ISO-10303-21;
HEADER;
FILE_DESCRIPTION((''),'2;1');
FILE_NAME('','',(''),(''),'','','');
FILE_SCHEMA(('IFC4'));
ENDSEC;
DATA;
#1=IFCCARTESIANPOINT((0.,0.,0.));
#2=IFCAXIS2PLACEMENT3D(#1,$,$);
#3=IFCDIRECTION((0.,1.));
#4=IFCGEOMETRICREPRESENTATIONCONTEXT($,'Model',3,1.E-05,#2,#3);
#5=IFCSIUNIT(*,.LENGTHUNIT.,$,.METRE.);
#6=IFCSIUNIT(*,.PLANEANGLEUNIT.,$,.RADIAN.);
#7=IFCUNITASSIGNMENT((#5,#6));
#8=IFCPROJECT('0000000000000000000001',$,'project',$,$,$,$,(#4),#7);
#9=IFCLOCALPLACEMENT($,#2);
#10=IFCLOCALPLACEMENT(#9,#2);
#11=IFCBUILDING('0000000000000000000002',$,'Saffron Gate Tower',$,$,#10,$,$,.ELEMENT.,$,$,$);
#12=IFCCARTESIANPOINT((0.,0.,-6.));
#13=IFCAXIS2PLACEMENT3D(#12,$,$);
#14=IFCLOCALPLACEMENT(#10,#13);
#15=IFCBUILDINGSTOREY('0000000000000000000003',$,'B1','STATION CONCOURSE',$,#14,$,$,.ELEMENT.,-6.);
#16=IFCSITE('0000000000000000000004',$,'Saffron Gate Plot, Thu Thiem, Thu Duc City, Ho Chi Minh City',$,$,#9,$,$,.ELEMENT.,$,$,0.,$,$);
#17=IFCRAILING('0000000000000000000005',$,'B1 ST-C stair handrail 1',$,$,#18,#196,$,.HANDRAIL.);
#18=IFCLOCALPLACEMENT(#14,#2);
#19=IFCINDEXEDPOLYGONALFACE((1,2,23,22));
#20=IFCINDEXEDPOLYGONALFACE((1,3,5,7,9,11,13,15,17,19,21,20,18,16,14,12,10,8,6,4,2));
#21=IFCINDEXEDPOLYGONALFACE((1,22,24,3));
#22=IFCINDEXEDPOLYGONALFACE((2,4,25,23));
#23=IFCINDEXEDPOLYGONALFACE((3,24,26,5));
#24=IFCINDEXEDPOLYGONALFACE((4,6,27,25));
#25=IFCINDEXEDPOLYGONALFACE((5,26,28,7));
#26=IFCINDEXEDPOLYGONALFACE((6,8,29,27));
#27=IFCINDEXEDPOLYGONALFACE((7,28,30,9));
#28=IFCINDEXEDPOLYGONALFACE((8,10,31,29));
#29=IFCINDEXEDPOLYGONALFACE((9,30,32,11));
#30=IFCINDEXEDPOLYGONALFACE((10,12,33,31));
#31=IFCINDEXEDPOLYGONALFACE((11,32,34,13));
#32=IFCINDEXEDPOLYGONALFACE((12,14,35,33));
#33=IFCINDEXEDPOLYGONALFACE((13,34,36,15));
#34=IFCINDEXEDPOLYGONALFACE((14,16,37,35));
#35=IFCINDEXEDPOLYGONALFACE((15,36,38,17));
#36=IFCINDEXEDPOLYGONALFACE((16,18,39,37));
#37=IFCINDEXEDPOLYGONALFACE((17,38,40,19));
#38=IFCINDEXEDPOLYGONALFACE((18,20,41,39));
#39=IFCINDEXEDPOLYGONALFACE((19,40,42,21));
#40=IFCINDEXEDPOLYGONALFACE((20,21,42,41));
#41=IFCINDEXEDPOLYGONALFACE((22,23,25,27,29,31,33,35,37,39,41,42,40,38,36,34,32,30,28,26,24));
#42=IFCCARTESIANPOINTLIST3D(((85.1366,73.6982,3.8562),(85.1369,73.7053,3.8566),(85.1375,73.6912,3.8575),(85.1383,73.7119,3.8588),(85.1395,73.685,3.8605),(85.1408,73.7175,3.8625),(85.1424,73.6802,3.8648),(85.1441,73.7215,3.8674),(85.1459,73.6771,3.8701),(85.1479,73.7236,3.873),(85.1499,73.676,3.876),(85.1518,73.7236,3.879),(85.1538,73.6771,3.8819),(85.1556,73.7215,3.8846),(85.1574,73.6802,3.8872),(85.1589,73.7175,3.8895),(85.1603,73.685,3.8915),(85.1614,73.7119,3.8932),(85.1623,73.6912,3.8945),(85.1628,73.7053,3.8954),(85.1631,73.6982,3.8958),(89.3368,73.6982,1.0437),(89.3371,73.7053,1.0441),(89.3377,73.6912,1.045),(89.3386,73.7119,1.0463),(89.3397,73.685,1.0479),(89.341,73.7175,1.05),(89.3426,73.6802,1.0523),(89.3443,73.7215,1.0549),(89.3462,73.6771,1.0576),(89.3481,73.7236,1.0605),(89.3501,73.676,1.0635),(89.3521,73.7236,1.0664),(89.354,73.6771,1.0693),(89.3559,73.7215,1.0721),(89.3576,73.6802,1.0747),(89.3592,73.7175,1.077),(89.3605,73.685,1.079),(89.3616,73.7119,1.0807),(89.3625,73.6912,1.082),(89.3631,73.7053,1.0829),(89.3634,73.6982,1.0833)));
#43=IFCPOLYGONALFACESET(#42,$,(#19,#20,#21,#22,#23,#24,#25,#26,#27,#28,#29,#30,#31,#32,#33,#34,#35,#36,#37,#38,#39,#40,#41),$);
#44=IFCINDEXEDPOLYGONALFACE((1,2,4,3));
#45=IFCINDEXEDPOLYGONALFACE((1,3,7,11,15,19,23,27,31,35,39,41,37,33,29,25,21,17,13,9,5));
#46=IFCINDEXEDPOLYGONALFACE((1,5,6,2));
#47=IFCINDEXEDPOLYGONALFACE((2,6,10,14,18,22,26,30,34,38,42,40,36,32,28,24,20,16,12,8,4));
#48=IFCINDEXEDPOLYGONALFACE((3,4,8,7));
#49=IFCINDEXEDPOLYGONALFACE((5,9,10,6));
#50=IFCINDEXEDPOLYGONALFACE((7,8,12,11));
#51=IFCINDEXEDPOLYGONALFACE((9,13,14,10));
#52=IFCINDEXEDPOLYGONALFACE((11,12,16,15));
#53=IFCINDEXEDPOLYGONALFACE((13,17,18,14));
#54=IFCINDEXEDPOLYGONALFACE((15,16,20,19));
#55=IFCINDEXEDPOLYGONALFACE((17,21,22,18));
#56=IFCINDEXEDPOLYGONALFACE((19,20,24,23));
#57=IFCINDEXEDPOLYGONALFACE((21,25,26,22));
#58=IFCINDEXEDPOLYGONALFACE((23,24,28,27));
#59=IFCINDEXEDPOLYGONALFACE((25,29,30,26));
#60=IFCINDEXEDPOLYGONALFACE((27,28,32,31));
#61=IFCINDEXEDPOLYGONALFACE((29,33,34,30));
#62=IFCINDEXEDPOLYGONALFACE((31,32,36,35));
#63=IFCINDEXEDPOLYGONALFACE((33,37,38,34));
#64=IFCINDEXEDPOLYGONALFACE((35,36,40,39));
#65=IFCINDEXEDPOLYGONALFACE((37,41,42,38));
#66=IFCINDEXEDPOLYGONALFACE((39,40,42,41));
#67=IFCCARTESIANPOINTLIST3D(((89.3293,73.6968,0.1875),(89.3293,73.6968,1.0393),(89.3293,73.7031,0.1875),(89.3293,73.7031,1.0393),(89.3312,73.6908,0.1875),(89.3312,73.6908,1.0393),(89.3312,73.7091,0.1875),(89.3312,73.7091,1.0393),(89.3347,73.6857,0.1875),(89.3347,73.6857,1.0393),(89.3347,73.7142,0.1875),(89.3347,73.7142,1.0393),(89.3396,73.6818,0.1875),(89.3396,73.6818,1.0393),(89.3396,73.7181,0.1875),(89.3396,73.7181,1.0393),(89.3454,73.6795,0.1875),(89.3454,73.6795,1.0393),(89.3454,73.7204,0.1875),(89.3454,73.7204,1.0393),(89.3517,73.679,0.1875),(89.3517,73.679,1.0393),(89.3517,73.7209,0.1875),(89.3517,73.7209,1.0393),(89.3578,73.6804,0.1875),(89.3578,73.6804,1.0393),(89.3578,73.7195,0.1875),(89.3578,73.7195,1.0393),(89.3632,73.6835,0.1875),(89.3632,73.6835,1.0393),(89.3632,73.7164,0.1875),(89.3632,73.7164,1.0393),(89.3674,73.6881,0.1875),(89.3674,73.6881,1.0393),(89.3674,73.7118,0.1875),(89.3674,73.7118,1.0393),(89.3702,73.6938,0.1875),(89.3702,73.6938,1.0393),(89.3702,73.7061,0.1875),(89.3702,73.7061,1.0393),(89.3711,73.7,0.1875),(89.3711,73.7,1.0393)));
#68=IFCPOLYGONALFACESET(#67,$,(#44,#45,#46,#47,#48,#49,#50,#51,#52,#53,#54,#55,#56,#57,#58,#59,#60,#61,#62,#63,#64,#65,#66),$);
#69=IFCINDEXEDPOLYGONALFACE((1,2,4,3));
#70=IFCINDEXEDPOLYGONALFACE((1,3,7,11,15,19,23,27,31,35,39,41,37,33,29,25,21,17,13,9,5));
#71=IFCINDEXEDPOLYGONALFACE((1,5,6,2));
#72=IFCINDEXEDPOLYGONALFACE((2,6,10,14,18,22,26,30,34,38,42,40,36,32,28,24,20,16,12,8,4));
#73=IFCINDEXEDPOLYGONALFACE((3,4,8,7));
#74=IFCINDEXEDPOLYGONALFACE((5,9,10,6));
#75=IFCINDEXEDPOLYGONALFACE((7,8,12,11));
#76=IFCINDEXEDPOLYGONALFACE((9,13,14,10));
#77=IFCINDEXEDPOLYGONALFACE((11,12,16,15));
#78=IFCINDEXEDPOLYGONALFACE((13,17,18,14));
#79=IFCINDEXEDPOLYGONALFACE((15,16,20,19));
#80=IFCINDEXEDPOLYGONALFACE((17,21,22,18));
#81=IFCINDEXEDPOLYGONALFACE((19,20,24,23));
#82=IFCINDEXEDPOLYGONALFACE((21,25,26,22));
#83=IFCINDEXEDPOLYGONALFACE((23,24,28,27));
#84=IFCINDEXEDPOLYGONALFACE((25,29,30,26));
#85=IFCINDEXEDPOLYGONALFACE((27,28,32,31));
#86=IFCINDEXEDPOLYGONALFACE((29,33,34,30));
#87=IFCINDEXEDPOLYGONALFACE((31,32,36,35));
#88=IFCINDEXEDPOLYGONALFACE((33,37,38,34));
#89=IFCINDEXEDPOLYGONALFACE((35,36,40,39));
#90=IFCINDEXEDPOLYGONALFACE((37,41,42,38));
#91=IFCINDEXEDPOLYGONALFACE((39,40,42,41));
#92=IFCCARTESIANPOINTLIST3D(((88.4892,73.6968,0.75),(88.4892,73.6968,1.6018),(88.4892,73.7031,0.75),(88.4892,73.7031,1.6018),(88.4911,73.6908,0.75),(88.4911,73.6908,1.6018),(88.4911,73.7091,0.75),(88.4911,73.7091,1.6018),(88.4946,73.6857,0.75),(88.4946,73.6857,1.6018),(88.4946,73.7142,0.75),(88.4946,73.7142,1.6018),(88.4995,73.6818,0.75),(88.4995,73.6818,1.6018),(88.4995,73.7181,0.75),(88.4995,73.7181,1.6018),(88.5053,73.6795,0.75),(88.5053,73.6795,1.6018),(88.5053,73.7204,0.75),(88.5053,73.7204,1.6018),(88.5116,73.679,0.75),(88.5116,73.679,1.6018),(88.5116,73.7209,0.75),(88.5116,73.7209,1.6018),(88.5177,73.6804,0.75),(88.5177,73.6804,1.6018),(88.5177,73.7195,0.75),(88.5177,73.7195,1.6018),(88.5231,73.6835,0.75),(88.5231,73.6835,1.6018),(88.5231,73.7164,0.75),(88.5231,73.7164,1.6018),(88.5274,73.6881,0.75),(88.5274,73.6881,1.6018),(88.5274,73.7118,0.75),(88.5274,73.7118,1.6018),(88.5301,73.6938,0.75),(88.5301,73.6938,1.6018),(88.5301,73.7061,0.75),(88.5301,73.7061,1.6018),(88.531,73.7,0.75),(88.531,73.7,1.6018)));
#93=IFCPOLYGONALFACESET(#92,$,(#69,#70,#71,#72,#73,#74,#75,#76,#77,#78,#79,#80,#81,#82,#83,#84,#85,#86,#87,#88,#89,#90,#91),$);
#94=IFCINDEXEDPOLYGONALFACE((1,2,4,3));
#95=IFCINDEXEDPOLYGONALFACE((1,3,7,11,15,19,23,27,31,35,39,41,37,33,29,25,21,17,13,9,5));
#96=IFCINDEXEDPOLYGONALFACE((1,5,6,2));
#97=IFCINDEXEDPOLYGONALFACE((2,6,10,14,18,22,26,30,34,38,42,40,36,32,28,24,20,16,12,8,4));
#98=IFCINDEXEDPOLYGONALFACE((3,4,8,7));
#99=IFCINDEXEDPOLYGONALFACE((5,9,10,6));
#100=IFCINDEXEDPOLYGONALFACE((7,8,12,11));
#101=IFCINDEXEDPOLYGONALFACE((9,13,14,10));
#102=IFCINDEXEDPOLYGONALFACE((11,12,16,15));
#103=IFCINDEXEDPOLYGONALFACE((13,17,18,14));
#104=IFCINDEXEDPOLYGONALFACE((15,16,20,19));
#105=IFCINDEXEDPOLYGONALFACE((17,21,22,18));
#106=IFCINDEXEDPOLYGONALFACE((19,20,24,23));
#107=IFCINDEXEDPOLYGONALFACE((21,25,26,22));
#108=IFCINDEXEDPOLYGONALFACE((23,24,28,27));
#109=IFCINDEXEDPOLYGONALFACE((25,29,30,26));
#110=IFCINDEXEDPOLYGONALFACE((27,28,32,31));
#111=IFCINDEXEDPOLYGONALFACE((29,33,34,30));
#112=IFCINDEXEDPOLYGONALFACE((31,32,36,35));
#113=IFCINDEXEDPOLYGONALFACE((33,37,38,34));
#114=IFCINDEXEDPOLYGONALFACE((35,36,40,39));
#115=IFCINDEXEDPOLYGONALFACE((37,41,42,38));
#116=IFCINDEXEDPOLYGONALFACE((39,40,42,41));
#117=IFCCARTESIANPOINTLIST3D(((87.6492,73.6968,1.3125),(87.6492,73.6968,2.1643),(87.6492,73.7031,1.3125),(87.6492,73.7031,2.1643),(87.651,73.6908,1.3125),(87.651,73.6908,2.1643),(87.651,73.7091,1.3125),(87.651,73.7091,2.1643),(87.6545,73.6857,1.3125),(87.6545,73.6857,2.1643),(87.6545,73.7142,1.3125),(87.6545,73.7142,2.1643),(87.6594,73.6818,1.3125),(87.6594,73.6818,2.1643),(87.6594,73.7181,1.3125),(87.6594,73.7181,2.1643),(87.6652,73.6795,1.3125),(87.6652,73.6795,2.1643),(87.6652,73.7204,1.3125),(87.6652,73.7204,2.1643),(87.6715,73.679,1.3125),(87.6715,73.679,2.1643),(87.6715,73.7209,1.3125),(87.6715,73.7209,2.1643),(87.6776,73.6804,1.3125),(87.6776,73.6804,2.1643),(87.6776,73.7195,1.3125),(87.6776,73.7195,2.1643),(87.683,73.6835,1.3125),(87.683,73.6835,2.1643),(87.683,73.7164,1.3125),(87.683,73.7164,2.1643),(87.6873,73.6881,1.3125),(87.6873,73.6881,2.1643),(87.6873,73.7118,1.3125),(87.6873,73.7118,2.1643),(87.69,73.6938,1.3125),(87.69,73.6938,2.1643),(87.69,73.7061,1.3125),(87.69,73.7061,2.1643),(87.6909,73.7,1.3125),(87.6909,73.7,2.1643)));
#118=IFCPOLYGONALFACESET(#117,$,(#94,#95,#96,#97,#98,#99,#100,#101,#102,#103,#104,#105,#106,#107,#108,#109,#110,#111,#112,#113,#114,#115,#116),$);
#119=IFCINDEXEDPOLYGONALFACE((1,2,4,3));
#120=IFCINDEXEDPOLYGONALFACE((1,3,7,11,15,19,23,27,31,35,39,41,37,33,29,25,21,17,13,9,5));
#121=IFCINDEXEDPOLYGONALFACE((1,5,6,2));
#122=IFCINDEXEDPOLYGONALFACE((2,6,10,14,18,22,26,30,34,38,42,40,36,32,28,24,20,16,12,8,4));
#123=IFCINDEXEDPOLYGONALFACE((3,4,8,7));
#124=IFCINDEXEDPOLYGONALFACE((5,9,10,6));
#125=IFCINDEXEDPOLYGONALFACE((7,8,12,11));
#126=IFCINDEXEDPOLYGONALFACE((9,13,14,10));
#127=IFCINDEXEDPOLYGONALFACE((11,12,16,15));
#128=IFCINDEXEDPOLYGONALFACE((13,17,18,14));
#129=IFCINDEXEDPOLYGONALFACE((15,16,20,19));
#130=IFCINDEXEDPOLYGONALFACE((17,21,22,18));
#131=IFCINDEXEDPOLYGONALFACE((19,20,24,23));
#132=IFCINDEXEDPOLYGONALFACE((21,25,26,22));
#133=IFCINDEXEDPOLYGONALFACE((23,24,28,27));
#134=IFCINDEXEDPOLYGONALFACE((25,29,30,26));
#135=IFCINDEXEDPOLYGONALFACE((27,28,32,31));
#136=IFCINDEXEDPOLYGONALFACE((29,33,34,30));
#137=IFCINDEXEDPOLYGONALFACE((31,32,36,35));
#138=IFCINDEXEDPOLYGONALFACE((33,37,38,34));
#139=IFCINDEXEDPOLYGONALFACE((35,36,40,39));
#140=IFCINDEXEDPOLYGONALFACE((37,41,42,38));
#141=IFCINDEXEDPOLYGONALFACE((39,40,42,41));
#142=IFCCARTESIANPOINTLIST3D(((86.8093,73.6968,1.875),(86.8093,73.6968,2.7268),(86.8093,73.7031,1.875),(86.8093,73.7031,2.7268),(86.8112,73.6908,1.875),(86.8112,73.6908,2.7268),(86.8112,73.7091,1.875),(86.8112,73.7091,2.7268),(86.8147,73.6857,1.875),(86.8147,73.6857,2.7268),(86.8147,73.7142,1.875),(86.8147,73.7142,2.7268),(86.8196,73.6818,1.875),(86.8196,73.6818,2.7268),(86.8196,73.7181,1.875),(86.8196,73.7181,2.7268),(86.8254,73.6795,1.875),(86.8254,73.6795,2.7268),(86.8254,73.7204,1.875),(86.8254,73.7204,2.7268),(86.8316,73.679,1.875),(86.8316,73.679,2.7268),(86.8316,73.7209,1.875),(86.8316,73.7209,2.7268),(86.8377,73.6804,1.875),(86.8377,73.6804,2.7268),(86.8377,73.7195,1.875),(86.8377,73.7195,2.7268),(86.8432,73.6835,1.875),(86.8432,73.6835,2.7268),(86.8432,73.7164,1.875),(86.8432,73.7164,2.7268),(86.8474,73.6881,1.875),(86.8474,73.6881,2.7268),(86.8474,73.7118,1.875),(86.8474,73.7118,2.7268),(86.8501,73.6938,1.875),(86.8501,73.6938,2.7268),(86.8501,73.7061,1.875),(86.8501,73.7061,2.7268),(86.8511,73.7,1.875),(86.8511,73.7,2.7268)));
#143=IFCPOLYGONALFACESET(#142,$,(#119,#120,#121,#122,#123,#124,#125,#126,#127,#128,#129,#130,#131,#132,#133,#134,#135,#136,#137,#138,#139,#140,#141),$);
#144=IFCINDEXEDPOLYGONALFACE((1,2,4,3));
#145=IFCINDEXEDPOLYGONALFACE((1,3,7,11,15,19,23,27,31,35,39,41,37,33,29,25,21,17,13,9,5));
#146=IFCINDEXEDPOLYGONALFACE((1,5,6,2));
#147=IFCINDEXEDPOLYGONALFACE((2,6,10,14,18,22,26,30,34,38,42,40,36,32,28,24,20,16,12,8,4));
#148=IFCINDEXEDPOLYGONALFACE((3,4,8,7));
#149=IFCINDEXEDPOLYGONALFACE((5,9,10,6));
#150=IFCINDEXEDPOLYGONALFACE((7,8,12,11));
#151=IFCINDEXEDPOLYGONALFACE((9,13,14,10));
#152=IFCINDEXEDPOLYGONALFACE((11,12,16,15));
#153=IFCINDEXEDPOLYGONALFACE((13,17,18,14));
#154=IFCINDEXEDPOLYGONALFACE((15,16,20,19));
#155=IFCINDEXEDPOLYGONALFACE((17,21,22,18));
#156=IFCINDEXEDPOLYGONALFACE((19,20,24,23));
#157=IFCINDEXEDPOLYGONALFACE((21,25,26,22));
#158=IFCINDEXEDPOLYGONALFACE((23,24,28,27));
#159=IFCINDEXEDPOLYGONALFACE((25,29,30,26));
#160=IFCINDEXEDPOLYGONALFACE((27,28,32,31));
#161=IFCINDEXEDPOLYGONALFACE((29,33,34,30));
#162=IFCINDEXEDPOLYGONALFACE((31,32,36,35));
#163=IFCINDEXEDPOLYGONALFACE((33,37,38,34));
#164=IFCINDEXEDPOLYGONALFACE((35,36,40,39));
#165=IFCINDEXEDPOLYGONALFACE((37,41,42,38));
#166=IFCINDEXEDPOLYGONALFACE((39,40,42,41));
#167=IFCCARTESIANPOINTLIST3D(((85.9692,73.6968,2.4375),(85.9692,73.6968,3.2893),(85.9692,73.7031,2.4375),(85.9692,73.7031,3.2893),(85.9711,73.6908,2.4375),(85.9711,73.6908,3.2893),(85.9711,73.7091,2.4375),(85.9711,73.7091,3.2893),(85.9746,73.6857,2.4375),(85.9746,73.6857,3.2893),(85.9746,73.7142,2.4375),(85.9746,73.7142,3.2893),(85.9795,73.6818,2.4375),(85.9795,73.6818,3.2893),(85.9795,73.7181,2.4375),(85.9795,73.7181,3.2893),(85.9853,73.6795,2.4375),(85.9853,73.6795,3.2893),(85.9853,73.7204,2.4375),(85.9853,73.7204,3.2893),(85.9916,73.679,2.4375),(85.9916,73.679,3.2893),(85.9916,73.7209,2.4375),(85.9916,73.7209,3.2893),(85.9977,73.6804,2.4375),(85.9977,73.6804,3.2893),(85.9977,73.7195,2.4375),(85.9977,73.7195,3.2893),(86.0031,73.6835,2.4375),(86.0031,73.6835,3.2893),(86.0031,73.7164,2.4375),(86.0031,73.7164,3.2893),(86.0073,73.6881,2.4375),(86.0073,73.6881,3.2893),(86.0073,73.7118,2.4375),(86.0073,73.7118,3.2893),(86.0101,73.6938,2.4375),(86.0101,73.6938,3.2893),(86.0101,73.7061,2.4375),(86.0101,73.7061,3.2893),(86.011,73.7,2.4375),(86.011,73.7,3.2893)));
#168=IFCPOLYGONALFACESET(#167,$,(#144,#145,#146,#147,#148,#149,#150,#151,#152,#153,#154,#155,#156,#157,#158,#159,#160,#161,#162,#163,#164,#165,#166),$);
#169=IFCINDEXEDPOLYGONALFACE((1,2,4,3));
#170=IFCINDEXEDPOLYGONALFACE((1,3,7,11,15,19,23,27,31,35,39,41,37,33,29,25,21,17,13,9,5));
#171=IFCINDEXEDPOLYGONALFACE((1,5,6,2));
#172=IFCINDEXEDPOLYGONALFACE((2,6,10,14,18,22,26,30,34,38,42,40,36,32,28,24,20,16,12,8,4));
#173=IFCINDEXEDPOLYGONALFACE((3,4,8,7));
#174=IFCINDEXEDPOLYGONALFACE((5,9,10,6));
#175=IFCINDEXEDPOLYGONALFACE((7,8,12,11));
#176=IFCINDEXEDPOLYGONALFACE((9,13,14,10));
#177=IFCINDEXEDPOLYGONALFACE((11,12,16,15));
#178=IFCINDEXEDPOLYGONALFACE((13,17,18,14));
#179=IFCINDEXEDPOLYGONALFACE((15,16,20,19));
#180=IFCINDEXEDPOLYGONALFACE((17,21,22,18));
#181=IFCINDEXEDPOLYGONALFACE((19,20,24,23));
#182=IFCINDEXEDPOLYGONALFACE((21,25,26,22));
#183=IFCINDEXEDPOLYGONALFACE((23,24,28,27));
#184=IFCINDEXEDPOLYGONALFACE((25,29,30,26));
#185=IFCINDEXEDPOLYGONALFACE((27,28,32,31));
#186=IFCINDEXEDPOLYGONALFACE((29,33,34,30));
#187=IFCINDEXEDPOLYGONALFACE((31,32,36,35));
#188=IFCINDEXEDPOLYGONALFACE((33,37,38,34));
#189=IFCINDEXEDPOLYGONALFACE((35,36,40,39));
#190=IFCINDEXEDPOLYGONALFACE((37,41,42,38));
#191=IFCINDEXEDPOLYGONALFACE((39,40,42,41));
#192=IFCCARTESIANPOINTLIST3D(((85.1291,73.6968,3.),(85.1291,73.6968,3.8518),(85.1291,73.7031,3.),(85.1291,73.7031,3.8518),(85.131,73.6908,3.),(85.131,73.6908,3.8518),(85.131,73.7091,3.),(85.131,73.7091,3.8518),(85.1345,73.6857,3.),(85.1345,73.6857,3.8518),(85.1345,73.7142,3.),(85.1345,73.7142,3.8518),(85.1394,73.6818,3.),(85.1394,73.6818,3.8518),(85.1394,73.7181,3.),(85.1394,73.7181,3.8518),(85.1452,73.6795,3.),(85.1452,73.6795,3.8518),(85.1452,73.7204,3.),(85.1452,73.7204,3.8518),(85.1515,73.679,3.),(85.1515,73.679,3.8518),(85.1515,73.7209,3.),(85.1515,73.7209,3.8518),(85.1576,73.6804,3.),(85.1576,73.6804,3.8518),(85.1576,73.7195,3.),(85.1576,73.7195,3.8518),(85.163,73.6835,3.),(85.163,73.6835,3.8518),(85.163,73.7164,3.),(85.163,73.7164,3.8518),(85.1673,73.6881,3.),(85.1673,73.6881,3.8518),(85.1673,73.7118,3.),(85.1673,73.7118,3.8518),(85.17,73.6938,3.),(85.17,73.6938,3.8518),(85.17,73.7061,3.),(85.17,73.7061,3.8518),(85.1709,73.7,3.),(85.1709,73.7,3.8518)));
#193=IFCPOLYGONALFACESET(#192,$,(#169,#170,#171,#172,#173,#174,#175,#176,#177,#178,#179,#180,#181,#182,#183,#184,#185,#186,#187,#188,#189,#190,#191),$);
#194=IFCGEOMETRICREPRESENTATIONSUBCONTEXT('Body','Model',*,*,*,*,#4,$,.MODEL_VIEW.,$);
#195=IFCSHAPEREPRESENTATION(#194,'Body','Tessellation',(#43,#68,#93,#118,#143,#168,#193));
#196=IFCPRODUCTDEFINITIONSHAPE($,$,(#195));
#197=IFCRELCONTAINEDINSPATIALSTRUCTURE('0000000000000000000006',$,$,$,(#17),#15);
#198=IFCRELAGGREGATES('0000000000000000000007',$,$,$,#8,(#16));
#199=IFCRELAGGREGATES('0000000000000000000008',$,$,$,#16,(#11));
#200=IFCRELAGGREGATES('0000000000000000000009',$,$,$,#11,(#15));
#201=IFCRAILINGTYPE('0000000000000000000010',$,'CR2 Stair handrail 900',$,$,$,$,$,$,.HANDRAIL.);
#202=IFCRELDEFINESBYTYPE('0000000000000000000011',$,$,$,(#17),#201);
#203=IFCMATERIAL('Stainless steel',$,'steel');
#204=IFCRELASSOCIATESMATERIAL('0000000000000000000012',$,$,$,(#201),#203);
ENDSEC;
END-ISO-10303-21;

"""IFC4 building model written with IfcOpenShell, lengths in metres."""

from ifc_helpers import new_model, si_unit, direction, frame, origin, origin_2d, place, context, subcontext, project, spatial, circle, extrude, material, type_object, element, save


model = new_model("IFC4")

# Units and contexts
model_context = context("Model", 3, precision=1e-05, world=origin(), true_north=direction((0.0, 1.0)))
body_context = subcontext(model_context, "Body", "Model", "MODEL_VIEW")
ifc_project = project(units=[si_unit("LENGTHUNIT", "METRE"), si_unit("PLANEANGLEUNIT", "RADIAN")], contexts=[model_context])

# Site, building, storey
site_placement = place(None, origin())
site = spatial("IfcSite", under=ifc_project, at=site_placement, Name="Saffron Gate Plot, Thu Thiem, Thu Duc City, Ho Chi Minh City", CompositionType="ELEMENT", RefElevation=0.0)
building_placement = place(site_placement, origin())
building = spatial("IfcBuilding", under=site, at=building_placement, Name="Saffron Gate Tower", CompositionType="ELEMENT")
storey_placement = place(building_placement, frame((0.0, 0.0, -6.0)))
storey = spatial("IfcBuildingStorey", under=building, at=storey_placement, Name="B1", Description="STATION CONCOURSE", CompositionType="ELEMENT", Elevation=-6.0)

# Railing
ifc_material_1 = material(Name="Stainless steel", Category="steel")
railing_type_1 = type_object("IfcRailingType", Name="CR2 Stair handrail 900", PredefinedType="HANDRAIL", material=ifc_material_1)
railing_1_placement = place(storey_placement, frame((89.3501, 73.7, 0.1875)))
element("IfcRailing", 1, at=railing_1_placement, inside=storey, type_object=railing_type_1, Name="B1 ST-C stair handrail 1", PredefinedType="HANDRAIL", context=body_context, shape_type="SweptSolid", body=[
    extrude(circle(Radius=0.0239, at=origin_2d()), frame((0.0, 0.0, 0.876), z_axis=(-0.830919, 0.0, 0.556393), x_axis=(0.0, -1.0, 0.0)), (0.0, 0.0, 1.0), 5.0549),
    extrude(circle(Radius=0.021, at=origin_2d()), origin(), (0.0, 0.0, 1.0), 0.8518),
    extrude(circle(Radius=0.021, at=origin_2d()), frame((-0.8401, 0.0, 0.5625)), (0.0, 0.0, 1.0), 0.8518),
    extrude(circle(Radius=0.021, at=origin_2d()), frame((-1.6802, 0.0, 1.125)), (0.0, 0.0, 1.0), 0.8518),
    extrude(circle(Radius=0.021, at=origin_2d()), frame((-2.52, 0.0, 1.6875)), (0.0, 0.0, 1.0), 0.8518),
    extrude(circle(Radius=0.021, at=origin_2d()), frame((-3.3601, 0.0, 2.25)), (0.0, 0.0, 1.0), 0.8518),
    extrude(circle(Radius=0.021, at=origin_2d()), frame((-4.2002, 0.0, 2.8125)), (0.0, 0.0, 1.0), 0.8518),
])

save(model, "model.ifc")
